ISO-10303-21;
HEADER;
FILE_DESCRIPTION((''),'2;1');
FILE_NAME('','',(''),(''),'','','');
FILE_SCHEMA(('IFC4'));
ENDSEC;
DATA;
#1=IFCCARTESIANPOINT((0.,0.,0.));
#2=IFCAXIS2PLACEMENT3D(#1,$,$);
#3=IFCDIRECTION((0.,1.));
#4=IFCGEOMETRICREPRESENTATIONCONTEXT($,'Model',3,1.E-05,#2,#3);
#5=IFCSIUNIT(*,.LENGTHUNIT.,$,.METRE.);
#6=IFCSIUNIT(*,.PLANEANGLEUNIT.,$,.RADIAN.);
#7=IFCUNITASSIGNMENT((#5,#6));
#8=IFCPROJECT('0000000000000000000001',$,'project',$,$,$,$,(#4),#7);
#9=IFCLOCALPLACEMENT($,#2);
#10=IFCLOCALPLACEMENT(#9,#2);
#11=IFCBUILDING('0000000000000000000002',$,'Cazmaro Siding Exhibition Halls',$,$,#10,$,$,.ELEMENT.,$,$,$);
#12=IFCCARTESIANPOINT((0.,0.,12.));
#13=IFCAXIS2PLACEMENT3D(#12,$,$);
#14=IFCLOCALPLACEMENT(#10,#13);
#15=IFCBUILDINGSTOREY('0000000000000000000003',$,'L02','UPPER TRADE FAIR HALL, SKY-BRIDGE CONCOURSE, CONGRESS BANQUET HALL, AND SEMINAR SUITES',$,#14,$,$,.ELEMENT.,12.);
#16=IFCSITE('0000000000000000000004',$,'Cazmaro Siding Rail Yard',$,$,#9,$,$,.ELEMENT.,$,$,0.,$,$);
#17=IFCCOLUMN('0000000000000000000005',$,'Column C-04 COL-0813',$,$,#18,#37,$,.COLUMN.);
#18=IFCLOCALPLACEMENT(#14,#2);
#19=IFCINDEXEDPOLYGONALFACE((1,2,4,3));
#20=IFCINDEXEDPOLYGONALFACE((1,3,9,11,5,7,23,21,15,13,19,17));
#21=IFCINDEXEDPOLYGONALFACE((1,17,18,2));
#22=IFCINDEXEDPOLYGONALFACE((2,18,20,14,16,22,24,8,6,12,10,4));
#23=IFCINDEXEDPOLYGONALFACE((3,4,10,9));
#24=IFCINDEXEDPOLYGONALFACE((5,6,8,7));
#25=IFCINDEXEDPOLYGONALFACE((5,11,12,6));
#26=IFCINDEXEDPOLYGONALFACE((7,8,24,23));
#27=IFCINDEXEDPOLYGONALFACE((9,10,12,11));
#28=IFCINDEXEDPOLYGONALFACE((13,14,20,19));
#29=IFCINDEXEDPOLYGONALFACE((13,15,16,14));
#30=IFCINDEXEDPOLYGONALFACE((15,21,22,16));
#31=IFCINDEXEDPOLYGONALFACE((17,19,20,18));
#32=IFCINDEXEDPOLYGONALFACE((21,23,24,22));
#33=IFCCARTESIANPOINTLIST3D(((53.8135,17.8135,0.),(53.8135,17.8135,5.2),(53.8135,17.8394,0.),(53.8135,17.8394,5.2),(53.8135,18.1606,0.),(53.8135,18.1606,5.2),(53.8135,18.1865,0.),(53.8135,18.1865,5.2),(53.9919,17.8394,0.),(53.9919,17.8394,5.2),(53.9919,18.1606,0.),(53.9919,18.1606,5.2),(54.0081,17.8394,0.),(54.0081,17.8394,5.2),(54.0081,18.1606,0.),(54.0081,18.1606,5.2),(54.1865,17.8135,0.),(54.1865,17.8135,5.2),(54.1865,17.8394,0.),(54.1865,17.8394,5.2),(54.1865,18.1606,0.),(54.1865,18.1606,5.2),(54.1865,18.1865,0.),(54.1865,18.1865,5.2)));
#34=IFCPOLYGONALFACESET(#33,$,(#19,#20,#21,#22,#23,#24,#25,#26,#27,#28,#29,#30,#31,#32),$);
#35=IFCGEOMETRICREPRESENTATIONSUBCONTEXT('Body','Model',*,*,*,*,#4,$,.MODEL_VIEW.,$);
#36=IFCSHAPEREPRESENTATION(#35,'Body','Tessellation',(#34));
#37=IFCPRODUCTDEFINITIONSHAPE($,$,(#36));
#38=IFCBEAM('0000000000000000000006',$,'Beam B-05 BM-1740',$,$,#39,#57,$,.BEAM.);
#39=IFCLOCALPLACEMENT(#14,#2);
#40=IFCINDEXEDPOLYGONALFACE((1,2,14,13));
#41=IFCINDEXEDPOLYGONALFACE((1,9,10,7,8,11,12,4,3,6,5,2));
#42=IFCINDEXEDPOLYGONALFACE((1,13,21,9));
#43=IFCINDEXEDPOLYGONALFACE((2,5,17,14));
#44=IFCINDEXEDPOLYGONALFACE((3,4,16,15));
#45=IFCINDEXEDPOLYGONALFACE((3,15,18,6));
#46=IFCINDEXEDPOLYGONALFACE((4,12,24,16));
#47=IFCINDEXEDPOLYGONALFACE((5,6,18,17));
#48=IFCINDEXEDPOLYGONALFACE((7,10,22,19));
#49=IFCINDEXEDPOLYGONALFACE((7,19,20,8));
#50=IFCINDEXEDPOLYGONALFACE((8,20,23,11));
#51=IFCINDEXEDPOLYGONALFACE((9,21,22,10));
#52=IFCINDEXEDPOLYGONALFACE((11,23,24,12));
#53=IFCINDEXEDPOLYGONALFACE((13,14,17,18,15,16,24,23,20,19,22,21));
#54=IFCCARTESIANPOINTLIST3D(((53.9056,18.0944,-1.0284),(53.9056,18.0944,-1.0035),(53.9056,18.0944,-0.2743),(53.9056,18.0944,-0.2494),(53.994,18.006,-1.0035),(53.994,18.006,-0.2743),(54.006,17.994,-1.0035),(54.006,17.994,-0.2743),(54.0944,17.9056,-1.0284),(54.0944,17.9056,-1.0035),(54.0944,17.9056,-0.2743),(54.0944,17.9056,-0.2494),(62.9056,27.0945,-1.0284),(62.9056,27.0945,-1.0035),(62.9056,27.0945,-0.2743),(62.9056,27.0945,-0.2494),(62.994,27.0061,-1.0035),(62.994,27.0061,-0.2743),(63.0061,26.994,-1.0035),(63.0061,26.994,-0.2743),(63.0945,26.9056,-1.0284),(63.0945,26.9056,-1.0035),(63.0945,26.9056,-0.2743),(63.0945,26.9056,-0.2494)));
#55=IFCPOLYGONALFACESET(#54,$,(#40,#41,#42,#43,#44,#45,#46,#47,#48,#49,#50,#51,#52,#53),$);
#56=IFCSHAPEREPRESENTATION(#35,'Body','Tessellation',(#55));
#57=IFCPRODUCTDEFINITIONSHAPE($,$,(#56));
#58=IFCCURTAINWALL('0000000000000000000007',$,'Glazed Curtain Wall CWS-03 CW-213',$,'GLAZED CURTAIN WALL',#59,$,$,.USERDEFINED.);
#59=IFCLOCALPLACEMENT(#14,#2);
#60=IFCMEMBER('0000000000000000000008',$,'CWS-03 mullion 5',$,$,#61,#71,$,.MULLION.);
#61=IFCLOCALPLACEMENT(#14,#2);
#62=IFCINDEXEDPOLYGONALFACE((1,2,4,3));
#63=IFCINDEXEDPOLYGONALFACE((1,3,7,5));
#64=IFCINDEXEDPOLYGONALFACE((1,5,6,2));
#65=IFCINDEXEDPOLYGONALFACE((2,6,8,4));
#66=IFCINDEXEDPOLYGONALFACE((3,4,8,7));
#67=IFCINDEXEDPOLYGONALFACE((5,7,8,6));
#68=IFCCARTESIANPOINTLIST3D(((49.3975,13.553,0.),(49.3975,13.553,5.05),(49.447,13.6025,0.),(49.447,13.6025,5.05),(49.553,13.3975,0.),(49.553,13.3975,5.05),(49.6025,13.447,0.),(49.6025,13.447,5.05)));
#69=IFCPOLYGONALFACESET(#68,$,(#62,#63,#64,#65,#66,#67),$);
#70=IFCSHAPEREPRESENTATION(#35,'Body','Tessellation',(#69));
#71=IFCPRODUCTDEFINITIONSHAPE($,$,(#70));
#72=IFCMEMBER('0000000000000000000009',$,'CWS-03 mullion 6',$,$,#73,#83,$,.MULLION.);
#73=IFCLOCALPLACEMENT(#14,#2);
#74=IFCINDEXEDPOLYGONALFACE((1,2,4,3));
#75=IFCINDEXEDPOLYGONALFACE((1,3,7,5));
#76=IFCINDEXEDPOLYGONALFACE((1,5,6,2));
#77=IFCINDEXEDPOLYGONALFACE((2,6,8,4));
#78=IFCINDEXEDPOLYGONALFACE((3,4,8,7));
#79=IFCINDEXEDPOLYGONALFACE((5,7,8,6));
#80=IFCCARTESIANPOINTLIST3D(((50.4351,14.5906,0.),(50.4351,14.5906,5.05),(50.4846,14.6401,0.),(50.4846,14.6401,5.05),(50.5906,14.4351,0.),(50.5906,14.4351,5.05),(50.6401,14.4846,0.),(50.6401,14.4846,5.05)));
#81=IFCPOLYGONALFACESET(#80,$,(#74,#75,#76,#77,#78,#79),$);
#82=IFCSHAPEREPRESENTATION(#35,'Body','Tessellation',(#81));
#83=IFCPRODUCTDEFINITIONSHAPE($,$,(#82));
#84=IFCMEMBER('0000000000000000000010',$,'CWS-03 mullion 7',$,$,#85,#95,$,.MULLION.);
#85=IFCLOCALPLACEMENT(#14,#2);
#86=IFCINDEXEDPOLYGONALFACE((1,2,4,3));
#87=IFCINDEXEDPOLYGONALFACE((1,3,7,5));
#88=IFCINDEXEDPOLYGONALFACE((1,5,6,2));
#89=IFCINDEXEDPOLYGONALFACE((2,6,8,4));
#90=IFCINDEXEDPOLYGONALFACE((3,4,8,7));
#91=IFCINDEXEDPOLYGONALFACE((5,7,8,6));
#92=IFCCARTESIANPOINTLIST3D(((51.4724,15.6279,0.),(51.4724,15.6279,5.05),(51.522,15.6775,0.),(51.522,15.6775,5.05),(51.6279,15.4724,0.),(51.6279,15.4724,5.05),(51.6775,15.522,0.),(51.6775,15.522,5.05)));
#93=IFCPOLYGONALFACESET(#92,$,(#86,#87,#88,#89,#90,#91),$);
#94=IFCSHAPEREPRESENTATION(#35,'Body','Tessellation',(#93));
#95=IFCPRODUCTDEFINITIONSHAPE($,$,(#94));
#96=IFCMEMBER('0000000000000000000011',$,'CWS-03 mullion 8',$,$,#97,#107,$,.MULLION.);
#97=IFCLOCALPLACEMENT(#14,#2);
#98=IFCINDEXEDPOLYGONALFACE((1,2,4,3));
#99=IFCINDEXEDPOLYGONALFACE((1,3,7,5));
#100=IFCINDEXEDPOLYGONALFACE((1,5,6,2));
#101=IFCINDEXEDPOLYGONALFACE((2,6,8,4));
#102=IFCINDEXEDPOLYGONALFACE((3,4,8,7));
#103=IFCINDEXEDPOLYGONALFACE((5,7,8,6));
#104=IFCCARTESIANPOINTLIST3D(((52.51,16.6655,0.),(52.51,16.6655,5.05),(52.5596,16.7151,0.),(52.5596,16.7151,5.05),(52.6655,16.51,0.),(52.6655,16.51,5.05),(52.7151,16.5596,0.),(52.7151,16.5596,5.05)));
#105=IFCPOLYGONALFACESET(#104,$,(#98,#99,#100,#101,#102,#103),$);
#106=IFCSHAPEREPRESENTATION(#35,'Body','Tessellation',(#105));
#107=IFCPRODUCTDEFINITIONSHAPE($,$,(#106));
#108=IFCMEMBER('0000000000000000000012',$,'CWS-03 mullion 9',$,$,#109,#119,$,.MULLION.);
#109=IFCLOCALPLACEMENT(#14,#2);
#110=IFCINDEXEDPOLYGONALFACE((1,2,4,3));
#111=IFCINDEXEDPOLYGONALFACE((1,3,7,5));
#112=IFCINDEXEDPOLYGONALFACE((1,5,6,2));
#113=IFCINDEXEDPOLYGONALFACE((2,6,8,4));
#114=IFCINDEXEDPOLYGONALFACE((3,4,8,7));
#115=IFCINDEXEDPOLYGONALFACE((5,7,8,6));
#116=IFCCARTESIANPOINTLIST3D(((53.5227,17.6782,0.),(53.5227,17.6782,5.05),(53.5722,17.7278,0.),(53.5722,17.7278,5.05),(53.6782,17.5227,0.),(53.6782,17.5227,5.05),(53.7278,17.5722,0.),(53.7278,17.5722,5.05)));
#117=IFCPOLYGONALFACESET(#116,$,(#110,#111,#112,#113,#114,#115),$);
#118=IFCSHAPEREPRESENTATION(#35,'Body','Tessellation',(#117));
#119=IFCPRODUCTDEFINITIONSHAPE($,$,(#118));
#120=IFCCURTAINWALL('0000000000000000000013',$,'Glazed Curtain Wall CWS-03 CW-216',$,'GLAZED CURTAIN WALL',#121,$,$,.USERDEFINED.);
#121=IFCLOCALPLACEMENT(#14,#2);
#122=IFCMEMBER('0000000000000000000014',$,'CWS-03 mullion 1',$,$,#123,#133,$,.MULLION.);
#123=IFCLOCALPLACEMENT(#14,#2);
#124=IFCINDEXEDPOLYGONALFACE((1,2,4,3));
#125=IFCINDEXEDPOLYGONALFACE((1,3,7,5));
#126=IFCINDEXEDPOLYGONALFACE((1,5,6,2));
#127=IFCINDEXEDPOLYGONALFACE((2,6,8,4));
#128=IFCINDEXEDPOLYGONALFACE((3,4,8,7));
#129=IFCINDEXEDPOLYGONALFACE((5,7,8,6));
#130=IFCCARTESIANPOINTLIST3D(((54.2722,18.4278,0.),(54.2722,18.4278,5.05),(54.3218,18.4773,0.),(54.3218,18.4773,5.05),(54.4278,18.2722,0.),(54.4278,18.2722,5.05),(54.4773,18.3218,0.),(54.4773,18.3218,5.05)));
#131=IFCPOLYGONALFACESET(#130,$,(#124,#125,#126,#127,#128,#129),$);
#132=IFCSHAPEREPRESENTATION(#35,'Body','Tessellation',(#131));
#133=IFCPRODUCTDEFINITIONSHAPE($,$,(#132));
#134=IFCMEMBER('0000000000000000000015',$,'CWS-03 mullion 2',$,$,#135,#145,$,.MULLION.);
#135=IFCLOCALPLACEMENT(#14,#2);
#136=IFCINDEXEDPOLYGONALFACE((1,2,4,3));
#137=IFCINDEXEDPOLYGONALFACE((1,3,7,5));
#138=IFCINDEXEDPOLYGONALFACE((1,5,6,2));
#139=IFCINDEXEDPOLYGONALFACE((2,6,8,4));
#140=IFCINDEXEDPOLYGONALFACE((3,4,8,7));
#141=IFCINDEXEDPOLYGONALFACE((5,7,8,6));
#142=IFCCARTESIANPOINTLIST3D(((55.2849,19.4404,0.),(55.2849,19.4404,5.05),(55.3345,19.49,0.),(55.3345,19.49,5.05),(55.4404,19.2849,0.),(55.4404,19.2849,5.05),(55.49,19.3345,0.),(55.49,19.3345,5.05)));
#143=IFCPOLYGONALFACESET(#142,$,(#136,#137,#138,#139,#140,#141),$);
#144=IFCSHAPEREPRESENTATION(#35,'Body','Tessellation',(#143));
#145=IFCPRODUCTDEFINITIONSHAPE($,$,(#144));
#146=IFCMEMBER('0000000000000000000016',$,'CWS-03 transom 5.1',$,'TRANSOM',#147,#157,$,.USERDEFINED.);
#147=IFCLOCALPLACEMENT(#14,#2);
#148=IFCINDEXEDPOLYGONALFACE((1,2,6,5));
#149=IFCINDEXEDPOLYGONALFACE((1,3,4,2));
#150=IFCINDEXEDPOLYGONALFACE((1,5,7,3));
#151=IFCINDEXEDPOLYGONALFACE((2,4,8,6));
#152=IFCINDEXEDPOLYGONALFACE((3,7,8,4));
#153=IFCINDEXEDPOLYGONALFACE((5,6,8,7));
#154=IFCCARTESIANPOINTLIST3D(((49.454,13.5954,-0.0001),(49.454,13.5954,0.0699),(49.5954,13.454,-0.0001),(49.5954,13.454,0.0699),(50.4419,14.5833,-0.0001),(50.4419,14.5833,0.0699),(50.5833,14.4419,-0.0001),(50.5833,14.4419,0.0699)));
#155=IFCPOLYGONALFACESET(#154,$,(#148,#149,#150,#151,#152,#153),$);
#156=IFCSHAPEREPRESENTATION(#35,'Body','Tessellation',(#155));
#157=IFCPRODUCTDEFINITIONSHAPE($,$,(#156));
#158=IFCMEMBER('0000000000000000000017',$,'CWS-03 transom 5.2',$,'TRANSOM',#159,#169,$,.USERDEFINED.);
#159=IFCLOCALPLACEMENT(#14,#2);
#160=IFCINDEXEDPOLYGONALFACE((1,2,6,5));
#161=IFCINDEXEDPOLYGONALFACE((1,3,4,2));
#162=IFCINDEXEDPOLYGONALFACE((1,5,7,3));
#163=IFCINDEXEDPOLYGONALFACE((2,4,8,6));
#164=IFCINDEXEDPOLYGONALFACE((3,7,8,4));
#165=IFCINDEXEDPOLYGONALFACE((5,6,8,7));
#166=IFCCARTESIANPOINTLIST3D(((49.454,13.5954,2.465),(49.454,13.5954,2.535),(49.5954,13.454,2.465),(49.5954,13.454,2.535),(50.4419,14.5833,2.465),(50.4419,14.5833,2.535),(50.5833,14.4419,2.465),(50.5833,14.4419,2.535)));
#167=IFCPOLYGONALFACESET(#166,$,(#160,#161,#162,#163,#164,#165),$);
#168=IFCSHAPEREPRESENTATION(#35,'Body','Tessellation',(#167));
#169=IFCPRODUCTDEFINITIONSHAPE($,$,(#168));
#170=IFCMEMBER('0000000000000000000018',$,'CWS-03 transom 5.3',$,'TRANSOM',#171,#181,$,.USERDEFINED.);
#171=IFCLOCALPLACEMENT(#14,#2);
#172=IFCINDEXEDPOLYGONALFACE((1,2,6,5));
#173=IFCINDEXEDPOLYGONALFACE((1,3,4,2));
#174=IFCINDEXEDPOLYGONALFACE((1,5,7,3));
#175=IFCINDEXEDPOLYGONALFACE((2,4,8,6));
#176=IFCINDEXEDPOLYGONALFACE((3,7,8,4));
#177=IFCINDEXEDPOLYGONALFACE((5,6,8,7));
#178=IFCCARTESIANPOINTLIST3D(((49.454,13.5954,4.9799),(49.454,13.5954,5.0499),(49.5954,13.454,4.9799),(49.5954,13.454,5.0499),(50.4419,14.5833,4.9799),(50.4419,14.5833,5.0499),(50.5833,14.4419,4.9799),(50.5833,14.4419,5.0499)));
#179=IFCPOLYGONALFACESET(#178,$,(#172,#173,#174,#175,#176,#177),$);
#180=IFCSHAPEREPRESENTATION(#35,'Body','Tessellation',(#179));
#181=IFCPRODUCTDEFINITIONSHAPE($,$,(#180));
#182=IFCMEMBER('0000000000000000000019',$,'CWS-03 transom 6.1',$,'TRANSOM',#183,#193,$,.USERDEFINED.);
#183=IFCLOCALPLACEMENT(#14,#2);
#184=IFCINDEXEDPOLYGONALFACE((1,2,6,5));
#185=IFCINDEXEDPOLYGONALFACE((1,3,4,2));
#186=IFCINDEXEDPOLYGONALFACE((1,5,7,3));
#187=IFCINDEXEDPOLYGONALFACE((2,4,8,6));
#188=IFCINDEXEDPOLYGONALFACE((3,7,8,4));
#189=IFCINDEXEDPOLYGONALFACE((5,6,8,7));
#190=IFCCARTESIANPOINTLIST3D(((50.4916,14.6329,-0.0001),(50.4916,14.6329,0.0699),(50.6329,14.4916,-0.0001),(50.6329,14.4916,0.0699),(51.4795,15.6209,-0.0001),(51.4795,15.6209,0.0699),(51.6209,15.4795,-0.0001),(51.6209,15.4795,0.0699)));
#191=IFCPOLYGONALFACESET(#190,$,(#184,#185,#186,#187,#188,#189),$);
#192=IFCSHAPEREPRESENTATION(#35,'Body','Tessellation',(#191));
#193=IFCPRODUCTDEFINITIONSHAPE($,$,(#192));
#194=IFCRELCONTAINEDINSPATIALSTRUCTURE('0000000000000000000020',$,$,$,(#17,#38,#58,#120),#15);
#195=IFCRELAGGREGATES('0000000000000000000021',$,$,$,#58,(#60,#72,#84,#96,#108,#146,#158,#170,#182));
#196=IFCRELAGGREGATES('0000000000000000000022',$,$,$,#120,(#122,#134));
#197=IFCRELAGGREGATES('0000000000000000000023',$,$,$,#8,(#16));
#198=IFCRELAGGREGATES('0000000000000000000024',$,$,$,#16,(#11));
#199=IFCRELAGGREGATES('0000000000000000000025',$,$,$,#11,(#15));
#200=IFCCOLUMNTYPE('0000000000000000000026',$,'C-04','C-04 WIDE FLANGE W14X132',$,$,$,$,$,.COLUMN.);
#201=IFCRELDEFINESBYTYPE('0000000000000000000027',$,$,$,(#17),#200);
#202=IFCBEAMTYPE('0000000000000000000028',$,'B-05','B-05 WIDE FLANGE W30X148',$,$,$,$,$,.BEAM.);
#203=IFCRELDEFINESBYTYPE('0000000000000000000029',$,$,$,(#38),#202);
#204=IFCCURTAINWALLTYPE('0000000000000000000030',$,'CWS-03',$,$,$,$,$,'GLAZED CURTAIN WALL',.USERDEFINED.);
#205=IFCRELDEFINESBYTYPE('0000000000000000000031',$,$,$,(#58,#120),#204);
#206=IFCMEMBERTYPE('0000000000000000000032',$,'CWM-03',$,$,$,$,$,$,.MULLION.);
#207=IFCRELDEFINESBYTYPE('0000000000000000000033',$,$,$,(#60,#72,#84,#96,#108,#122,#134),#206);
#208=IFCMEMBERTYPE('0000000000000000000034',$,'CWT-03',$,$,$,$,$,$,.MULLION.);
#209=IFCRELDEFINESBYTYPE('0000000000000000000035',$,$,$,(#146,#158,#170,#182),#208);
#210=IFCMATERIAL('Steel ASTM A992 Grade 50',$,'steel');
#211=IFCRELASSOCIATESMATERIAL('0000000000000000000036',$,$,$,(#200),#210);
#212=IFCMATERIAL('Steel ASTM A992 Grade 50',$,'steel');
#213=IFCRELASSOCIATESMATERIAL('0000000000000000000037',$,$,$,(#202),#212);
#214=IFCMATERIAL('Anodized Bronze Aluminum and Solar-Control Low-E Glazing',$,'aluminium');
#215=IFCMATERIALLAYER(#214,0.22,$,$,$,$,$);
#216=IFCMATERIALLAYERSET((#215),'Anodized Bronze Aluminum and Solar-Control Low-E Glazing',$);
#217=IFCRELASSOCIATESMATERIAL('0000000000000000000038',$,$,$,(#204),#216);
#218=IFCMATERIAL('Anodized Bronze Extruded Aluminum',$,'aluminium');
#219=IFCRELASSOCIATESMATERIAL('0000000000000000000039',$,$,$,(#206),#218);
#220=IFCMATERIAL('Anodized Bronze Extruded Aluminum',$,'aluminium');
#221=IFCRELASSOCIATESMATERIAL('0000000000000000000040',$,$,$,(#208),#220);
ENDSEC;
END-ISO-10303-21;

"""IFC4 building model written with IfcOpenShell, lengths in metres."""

from ifc_helpers import new_model, si_unit, direction, frame, origin, origin_2d, place, context, subcontext, project, spatial, rectangle, i_section, extrude, material, layer, layer_set, material_profile, profile_set, type_object, element, aggregate, save


model = new_model("IFC4")

# Units and contexts
model_context = context("Model", 3, precision=1e-05, world=origin(), true_north=direction((0.0, 1.0)))
body_context = subcontext(model_context, "Body", "Model", "MODEL_VIEW")
ifc_project = project(units=[si_unit("LENGTHUNIT", "METRE"), si_unit("PLANEANGLEUNIT", "RADIAN")], contexts=[model_context])

# Site, building, storey
site_placement = place(None, origin())
site = spatial("IfcSite", under=ifc_project, at=site_placement, Name="Cazmaro Siding Rail Yard", CompositionType="ELEMENT", RefElevation=0.0)
building_placement = place(site_placement, origin())
building = spatial("IfcBuilding", under=site, at=building_placement, Name="Cazmaro Siding Exhibition Halls", CompositionType="ELEMENT")
storey_placement = place(building_placement, frame((0.0, 0.0, 12.0)))
storey = spatial("IfcBuildingStorey", under=building, at=storey_placement, Name="L02", Description="UPPER TRADE FAIR HALL, SKY-BRIDGE CONCOURSE, CONGRESS BANQUET HALL, AND SEMINAR SUITES", CompositionType="ELEMENT", Elevation=12.0)

# Column
ifc_material_1 = material(Name="Steel ASTM A992 Grade 50", Category="steel")
ifc_material_profile_1 = material_profile(ifc_material_1, i_section(OverallWidth=0.373, OverallDepth=0.373, WebThickness=0.0161, FlangeThickness=0.0259, at=origin_2d()), Name="W14X132")
ifc_profile_set_1 = profile_set([ifc_material_profile_1], Name="Steel ASTM A992 Grade 50")
column_type = type_object("IfcColumnType", Name="C-04", Description="C-04 WIDE FLANGE W14X132", PredefinedType="COLUMN", material=ifc_profile_set_1)
column_placement = place(storey_placement, frame((54.0, 18.0, 0.0), z_axis=(0.0, 0.0, 1.0), x_axis=(1.0, 0.0, 0.0)))
element("IfcColumn", 1, at=column_placement, inside=storey, type_object=column_type, Name="Column C-04 COL-0813", PredefinedType="COLUMN", context=body_context, shape_type="SweptSolid", body=[
    extrude(i_section(OverallWidth=0.373, OverallDepth=0.373, WebThickness=0.0161, FlangeThickness=0.0259, at=origin_2d()), origin(), (0.0, 0.0, 1.0), 5.2),
])

# Beam
ifc_material_2 = material(Name="Steel ASTM A992 Grade 50", Category="steel")
ifc_material_profile_2 = material_profile(ifc_material_2, i_section(OverallWidth=0.2671, OverallDepth=0.7791, WebThickness=0.0171, FlangeThickness=0.0249, at=origin_2d()), Name="W30X148")
ifc_profile_set_2 = profile_set([ifc_material_profile_2], Name="Steel ASTM A992 Grade 50")
beam_type_1 = type_object("IfcBeamType", Name="B-05", Description="B-05 WIDE FLANGE W30X148", PredefinedType="BEAM", material=ifc_profile_set_2)
beam_1_placement = place(storey_placement, frame((54.0, 18.0, -0.6389), z_axis=(0.707107, 0.707107, 0.0), x_axis=(-0.707107, 0.707107, 0.0)))
element("IfcBeam", 2, at=beam_1_placement, inside=storey, type_object=beam_type_1, Name="Beam B-05 BM-1740", PredefinedType="BEAM", context=body_context, shape_type="SweptSolid", body=[
    extrude(i_section(OverallWidth=0.2671, OverallDepth=0.7791, WebThickness=0.0171, FlangeThickness=0.0249, at=origin_2d()), origin(), (0.0, 0.0, 1.0), 12.728),
])

# Curtain walls, members
ifc_material_3 = material(Name="Anodized Bronze Aluminum and Solar-Control Low-E Glazing", Category="aluminium")
ifc_layer_1 = layer(ifc_material_3, 0.22)
ifc_layer_set_1 = layer_set([ifc_layer_1], Name="Anodized Bronze Aluminum and Solar-Control Low-E Glazing")
curtain_wall_type = type_object("IfcCurtainWallType", Name="CWS-03", ElementType="GLAZED CURTAIN WALL", PredefinedType="USERDEFINED", material=ifc_layer_set_1)
curtain_wall_1_placement = place(storey_placement, origin())
curtain_wall_1 = element("IfcCurtainWall", 3, at=curtain_wall_1_placement, inside=storey, type_object=curtain_wall_type, Name="Glazed Curtain Wall CWS-03 CW-213", ObjectType="GLAZED CURTAIN WALL", PredefinedType="USERDEFINED")
ifc_material_4 = material(Name="Anodized Bronze Extruded Aluminum", Category="aluminium")
ifc_material_profile_3 = material_profile(ifc_material_4, rectangle(XDim=0.22, YDim=0.0701, at=origin_2d()), Name="CWM-03")
ifc_profile_set_3 = profile_set([ifc_material_profile_3], Name="Anodized Bronze Extruded Aluminum")
member_type_1 = type_object("IfcMemberType", Name="CWM-03", PredefinedType="MULLION", material=ifc_profile_set_3)
member_1_placement = place(storey_placement, frame((49.5, 13.5, 0.0), z_axis=(0.0, 0.0, 1.0), x_axis=(-0.707107, 0.707107, 0.0)))
member_1 = element("IfcMember", 4, at=member_1_placement, type_object=member_type_1, Name="CWS-03 mullion 5", PredefinedType="MULLION", context=body_context, shape_type="SweptSolid", body=[
    extrude(rectangle(XDim=0.22, YDim=0.0701, at=origin_2d()), origin(), (0.0, 0.0, 1.0), 5.05),
])
member_2_placement = place(storey_placement, frame((50.5376, 14.5376, 0.0), z_axis=(0.0, 0.0, 1.0), x_axis=(-0.707107, 0.707107, 0.0)))
member_2 = element("IfcMember", 5, at=member_2_placement, type_object=member_type_1, Name="CWS-03 mullion 6", PredefinedType="MULLION", context=body_context, shape_type="SweptSolid", body=[
    extrude(rectangle(XDim=0.22, YDim=0.0701, at=origin_2d()), origin(), (0.0, 0.0, 1.0), 5.05),
])
member_3_placement = place(storey_placement, frame((51.575, 15.575, 0.0), z_axis=(0.0, 0.0, 1.0), x_axis=(-0.707107, 0.707107, 0.0)))
member_3 = element("IfcMember", 6, at=member_3_placement, type_object=member_type_1, Name="CWS-03 mullion 7", PredefinedType="MULLION", context=body_context, shape_type="SweptSolid", body=[
    extrude(rectangle(XDim=0.22, YDim=0.0701, at=origin_2d()), origin(), (0.0, 0.0, 1.0), 5.05),
])
member_4_placement = place(storey_placement, frame((52.6125, 16.6125, 0.0), z_axis=(0.0, 0.0, 1.0), x_axis=(-0.707107, 0.707107, 0.0)))
member_4 = element("IfcMember", 7, at=member_4_placement, type_object=member_type_1, Name="CWS-03 mullion 8", PredefinedType="MULLION", context=body_context, shape_type="SweptSolid", body=[
    extrude(rectangle(XDim=0.22, YDim=0.0701, at=origin_2d()), origin(), (0.0, 0.0, 1.0), 5.05),
])
member_5_placement = place(storey_placement, frame((53.6252, 17.6252, 0.0), z_axis=(0.0, 0.0, 1.0), x_axis=(-0.707107, 0.707107, 0.0)))
member_5 = element("IfcMember", 8, at=member_5_placement, type_object=member_type_1, Name="CWS-03 mullion 9", PredefinedType="MULLION", context=body_context, shape_type="SweptSolid", body=[
    extrude(rectangle(XDim=0.22, YDim=0.0701, at=origin_2d()), origin(), (0.0, 0.0, 1.0), 5.05),
])
curtain_wall_2_placement = place(storey_placement, origin())
curtain_wall_2 = element("IfcCurtainWall", 9, at=curtain_wall_2_placement, inside=storey, type_object=curtain_wall_type, Name="Glazed Curtain Wall CWS-03 CW-216", ObjectType="GLAZED CURTAIN WALL", PredefinedType="USERDEFINED")
member_6_placement = place(storey_placement, frame((54.3748, 18.3748, 0.0), z_axis=(0.0, 0.0, 1.0), x_axis=(-0.707107, 0.707107, 0.0)))
member_6 = element("IfcMember", 10, at=member_6_placement, type_object=member_type_1, Name="CWS-03 mullion 1", PredefinedType="MULLION", context=body_context, shape_type="SweptSolid", body=[
    extrude(rectangle(XDim=0.22, YDim=0.0701, at=origin_2d()), origin(), (0.0, 0.0, 1.0), 5.05),
])
member_7_placement = place(storey_placement, frame((55.3875, 19.3875, 0.0), z_axis=(0.0, 0.0, 1.0), x_axis=(-0.707107, 0.707107, 0.0)))
member_7 = element("IfcMember", 11, at=member_7_placement, type_object=member_type_1, Name="CWS-03 mullion 2", PredefinedType="MULLION", context=body_context, shape_type="SweptSolid", body=[
    extrude(rectangle(XDim=0.22, YDim=0.0701, at=origin_2d()), origin(), (0.0, 0.0, 1.0), 5.05),
])

# Members
ifc_material_5 = material(Name="Anodized Bronze Extruded Aluminum", Category="aluminium")
ifc_material_profile_4 = material_profile(ifc_material_5, rectangle(XDim=0.2, YDim=0.0701, at=origin_2d()), Name="CWT-03")
ifc_profile_set_4 = profile_set([ifc_material_profile_4], Name="Anodized Bronze Extruded Aluminum")
member_type_2 = type_object("IfcMemberType", Name="CWT-03", PredefinedType="MULLION", material=ifc_profile_set_4)
member_8_placement = place(storey_placement, frame((49.5247, 13.5247, 0.0349), z_axis=(0.707107, 0.707107, 0.0), x_axis=(-0.707107, 0.707107, 0.0)))
member_8 = element("IfcMember", 12, at=member_8_placement, type_object=member_type_2, Name="CWS-03 transom 5.1", ObjectType="TRANSOM", PredefinedType="USERDEFINED", context=body_context, shape_type="SweptSolid", body=[
    extrude(rectangle(XDim=0.2, YDim=0.0701, at=origin_2d()), origin(), (0.0, 0.0, 1.0), 1.3972),
])
member_9_placement = place(storey_placement, frame((49.5247, 13.5247, 2.5), z_axis=(0.707107, 0.707107, 0.0), x_axis=(-0.707107, 0.707107, 0.0)))
member_9 = element("IfcMember", 13, at=member_9_placement, type_object=member_type_2, Name="CWS-03 transom 5.2", ObjectType="TRANSOM", PredefinedType="USERDEFINED", context=body_context, shape_type="SweptSolid", body=[
    extrude(rectangle(XDim=0.2, YDim=0.0701, at=origin_2d()), origin(), (0.0, 0.0, 1.0), 1.3972),
])
member_10_placement = place(storey_placement, frame((49.5247, 13.5247, 5.0149), z_axis=(0.707107, 0.707107, 0.0), x_axis=(-0.707107, 0.707107, 0.0)))
member_10 = element("IfcMember", 14, at=member_10_placement, type_object=member_type_2, Name="CWS-03 transom 5.3", ObjectType="TRANSOM", PredefinedType="USERDEFINED", context=body_context, shape_type="SweptSolid", body=[
    extrude(rectangle(XDim=0.2, YDim=0.0701, at=origin_2d()), origin(), (0.0, 0.0, 1.0), 1.3972),
])
member_11_placement = place(storey_placement, frame((50.5623, 14.5623, 0.0349), z_axis=(0.707107, 0.707107, 0.0), x_axis=(-0.707107, 0.707107, 0.0)))
member_11 = element("IfcMember", 15, at=member_11_placement, type_object=member_type_2, Name="CWS-03 transom 6.1", ObjectType="TRANSOM", PredefinedType="USERDEFINED", context=body_context, shape_type="SweptSolid", body=[
    extrude(rectangle(XDim=0.2, YDim=0.0701, at=origin_2d()), origin(), (0.0, 0.0, 1.0), 1.3972),
])

aggregate(curtain_wall_1, [member_1, member_2, member_3, member_4, member_5, member_8, member_9, member_10, member_11])
aggregate(curtain_wall_2, [member_6, member_7])

save(model, "model.ifc")
